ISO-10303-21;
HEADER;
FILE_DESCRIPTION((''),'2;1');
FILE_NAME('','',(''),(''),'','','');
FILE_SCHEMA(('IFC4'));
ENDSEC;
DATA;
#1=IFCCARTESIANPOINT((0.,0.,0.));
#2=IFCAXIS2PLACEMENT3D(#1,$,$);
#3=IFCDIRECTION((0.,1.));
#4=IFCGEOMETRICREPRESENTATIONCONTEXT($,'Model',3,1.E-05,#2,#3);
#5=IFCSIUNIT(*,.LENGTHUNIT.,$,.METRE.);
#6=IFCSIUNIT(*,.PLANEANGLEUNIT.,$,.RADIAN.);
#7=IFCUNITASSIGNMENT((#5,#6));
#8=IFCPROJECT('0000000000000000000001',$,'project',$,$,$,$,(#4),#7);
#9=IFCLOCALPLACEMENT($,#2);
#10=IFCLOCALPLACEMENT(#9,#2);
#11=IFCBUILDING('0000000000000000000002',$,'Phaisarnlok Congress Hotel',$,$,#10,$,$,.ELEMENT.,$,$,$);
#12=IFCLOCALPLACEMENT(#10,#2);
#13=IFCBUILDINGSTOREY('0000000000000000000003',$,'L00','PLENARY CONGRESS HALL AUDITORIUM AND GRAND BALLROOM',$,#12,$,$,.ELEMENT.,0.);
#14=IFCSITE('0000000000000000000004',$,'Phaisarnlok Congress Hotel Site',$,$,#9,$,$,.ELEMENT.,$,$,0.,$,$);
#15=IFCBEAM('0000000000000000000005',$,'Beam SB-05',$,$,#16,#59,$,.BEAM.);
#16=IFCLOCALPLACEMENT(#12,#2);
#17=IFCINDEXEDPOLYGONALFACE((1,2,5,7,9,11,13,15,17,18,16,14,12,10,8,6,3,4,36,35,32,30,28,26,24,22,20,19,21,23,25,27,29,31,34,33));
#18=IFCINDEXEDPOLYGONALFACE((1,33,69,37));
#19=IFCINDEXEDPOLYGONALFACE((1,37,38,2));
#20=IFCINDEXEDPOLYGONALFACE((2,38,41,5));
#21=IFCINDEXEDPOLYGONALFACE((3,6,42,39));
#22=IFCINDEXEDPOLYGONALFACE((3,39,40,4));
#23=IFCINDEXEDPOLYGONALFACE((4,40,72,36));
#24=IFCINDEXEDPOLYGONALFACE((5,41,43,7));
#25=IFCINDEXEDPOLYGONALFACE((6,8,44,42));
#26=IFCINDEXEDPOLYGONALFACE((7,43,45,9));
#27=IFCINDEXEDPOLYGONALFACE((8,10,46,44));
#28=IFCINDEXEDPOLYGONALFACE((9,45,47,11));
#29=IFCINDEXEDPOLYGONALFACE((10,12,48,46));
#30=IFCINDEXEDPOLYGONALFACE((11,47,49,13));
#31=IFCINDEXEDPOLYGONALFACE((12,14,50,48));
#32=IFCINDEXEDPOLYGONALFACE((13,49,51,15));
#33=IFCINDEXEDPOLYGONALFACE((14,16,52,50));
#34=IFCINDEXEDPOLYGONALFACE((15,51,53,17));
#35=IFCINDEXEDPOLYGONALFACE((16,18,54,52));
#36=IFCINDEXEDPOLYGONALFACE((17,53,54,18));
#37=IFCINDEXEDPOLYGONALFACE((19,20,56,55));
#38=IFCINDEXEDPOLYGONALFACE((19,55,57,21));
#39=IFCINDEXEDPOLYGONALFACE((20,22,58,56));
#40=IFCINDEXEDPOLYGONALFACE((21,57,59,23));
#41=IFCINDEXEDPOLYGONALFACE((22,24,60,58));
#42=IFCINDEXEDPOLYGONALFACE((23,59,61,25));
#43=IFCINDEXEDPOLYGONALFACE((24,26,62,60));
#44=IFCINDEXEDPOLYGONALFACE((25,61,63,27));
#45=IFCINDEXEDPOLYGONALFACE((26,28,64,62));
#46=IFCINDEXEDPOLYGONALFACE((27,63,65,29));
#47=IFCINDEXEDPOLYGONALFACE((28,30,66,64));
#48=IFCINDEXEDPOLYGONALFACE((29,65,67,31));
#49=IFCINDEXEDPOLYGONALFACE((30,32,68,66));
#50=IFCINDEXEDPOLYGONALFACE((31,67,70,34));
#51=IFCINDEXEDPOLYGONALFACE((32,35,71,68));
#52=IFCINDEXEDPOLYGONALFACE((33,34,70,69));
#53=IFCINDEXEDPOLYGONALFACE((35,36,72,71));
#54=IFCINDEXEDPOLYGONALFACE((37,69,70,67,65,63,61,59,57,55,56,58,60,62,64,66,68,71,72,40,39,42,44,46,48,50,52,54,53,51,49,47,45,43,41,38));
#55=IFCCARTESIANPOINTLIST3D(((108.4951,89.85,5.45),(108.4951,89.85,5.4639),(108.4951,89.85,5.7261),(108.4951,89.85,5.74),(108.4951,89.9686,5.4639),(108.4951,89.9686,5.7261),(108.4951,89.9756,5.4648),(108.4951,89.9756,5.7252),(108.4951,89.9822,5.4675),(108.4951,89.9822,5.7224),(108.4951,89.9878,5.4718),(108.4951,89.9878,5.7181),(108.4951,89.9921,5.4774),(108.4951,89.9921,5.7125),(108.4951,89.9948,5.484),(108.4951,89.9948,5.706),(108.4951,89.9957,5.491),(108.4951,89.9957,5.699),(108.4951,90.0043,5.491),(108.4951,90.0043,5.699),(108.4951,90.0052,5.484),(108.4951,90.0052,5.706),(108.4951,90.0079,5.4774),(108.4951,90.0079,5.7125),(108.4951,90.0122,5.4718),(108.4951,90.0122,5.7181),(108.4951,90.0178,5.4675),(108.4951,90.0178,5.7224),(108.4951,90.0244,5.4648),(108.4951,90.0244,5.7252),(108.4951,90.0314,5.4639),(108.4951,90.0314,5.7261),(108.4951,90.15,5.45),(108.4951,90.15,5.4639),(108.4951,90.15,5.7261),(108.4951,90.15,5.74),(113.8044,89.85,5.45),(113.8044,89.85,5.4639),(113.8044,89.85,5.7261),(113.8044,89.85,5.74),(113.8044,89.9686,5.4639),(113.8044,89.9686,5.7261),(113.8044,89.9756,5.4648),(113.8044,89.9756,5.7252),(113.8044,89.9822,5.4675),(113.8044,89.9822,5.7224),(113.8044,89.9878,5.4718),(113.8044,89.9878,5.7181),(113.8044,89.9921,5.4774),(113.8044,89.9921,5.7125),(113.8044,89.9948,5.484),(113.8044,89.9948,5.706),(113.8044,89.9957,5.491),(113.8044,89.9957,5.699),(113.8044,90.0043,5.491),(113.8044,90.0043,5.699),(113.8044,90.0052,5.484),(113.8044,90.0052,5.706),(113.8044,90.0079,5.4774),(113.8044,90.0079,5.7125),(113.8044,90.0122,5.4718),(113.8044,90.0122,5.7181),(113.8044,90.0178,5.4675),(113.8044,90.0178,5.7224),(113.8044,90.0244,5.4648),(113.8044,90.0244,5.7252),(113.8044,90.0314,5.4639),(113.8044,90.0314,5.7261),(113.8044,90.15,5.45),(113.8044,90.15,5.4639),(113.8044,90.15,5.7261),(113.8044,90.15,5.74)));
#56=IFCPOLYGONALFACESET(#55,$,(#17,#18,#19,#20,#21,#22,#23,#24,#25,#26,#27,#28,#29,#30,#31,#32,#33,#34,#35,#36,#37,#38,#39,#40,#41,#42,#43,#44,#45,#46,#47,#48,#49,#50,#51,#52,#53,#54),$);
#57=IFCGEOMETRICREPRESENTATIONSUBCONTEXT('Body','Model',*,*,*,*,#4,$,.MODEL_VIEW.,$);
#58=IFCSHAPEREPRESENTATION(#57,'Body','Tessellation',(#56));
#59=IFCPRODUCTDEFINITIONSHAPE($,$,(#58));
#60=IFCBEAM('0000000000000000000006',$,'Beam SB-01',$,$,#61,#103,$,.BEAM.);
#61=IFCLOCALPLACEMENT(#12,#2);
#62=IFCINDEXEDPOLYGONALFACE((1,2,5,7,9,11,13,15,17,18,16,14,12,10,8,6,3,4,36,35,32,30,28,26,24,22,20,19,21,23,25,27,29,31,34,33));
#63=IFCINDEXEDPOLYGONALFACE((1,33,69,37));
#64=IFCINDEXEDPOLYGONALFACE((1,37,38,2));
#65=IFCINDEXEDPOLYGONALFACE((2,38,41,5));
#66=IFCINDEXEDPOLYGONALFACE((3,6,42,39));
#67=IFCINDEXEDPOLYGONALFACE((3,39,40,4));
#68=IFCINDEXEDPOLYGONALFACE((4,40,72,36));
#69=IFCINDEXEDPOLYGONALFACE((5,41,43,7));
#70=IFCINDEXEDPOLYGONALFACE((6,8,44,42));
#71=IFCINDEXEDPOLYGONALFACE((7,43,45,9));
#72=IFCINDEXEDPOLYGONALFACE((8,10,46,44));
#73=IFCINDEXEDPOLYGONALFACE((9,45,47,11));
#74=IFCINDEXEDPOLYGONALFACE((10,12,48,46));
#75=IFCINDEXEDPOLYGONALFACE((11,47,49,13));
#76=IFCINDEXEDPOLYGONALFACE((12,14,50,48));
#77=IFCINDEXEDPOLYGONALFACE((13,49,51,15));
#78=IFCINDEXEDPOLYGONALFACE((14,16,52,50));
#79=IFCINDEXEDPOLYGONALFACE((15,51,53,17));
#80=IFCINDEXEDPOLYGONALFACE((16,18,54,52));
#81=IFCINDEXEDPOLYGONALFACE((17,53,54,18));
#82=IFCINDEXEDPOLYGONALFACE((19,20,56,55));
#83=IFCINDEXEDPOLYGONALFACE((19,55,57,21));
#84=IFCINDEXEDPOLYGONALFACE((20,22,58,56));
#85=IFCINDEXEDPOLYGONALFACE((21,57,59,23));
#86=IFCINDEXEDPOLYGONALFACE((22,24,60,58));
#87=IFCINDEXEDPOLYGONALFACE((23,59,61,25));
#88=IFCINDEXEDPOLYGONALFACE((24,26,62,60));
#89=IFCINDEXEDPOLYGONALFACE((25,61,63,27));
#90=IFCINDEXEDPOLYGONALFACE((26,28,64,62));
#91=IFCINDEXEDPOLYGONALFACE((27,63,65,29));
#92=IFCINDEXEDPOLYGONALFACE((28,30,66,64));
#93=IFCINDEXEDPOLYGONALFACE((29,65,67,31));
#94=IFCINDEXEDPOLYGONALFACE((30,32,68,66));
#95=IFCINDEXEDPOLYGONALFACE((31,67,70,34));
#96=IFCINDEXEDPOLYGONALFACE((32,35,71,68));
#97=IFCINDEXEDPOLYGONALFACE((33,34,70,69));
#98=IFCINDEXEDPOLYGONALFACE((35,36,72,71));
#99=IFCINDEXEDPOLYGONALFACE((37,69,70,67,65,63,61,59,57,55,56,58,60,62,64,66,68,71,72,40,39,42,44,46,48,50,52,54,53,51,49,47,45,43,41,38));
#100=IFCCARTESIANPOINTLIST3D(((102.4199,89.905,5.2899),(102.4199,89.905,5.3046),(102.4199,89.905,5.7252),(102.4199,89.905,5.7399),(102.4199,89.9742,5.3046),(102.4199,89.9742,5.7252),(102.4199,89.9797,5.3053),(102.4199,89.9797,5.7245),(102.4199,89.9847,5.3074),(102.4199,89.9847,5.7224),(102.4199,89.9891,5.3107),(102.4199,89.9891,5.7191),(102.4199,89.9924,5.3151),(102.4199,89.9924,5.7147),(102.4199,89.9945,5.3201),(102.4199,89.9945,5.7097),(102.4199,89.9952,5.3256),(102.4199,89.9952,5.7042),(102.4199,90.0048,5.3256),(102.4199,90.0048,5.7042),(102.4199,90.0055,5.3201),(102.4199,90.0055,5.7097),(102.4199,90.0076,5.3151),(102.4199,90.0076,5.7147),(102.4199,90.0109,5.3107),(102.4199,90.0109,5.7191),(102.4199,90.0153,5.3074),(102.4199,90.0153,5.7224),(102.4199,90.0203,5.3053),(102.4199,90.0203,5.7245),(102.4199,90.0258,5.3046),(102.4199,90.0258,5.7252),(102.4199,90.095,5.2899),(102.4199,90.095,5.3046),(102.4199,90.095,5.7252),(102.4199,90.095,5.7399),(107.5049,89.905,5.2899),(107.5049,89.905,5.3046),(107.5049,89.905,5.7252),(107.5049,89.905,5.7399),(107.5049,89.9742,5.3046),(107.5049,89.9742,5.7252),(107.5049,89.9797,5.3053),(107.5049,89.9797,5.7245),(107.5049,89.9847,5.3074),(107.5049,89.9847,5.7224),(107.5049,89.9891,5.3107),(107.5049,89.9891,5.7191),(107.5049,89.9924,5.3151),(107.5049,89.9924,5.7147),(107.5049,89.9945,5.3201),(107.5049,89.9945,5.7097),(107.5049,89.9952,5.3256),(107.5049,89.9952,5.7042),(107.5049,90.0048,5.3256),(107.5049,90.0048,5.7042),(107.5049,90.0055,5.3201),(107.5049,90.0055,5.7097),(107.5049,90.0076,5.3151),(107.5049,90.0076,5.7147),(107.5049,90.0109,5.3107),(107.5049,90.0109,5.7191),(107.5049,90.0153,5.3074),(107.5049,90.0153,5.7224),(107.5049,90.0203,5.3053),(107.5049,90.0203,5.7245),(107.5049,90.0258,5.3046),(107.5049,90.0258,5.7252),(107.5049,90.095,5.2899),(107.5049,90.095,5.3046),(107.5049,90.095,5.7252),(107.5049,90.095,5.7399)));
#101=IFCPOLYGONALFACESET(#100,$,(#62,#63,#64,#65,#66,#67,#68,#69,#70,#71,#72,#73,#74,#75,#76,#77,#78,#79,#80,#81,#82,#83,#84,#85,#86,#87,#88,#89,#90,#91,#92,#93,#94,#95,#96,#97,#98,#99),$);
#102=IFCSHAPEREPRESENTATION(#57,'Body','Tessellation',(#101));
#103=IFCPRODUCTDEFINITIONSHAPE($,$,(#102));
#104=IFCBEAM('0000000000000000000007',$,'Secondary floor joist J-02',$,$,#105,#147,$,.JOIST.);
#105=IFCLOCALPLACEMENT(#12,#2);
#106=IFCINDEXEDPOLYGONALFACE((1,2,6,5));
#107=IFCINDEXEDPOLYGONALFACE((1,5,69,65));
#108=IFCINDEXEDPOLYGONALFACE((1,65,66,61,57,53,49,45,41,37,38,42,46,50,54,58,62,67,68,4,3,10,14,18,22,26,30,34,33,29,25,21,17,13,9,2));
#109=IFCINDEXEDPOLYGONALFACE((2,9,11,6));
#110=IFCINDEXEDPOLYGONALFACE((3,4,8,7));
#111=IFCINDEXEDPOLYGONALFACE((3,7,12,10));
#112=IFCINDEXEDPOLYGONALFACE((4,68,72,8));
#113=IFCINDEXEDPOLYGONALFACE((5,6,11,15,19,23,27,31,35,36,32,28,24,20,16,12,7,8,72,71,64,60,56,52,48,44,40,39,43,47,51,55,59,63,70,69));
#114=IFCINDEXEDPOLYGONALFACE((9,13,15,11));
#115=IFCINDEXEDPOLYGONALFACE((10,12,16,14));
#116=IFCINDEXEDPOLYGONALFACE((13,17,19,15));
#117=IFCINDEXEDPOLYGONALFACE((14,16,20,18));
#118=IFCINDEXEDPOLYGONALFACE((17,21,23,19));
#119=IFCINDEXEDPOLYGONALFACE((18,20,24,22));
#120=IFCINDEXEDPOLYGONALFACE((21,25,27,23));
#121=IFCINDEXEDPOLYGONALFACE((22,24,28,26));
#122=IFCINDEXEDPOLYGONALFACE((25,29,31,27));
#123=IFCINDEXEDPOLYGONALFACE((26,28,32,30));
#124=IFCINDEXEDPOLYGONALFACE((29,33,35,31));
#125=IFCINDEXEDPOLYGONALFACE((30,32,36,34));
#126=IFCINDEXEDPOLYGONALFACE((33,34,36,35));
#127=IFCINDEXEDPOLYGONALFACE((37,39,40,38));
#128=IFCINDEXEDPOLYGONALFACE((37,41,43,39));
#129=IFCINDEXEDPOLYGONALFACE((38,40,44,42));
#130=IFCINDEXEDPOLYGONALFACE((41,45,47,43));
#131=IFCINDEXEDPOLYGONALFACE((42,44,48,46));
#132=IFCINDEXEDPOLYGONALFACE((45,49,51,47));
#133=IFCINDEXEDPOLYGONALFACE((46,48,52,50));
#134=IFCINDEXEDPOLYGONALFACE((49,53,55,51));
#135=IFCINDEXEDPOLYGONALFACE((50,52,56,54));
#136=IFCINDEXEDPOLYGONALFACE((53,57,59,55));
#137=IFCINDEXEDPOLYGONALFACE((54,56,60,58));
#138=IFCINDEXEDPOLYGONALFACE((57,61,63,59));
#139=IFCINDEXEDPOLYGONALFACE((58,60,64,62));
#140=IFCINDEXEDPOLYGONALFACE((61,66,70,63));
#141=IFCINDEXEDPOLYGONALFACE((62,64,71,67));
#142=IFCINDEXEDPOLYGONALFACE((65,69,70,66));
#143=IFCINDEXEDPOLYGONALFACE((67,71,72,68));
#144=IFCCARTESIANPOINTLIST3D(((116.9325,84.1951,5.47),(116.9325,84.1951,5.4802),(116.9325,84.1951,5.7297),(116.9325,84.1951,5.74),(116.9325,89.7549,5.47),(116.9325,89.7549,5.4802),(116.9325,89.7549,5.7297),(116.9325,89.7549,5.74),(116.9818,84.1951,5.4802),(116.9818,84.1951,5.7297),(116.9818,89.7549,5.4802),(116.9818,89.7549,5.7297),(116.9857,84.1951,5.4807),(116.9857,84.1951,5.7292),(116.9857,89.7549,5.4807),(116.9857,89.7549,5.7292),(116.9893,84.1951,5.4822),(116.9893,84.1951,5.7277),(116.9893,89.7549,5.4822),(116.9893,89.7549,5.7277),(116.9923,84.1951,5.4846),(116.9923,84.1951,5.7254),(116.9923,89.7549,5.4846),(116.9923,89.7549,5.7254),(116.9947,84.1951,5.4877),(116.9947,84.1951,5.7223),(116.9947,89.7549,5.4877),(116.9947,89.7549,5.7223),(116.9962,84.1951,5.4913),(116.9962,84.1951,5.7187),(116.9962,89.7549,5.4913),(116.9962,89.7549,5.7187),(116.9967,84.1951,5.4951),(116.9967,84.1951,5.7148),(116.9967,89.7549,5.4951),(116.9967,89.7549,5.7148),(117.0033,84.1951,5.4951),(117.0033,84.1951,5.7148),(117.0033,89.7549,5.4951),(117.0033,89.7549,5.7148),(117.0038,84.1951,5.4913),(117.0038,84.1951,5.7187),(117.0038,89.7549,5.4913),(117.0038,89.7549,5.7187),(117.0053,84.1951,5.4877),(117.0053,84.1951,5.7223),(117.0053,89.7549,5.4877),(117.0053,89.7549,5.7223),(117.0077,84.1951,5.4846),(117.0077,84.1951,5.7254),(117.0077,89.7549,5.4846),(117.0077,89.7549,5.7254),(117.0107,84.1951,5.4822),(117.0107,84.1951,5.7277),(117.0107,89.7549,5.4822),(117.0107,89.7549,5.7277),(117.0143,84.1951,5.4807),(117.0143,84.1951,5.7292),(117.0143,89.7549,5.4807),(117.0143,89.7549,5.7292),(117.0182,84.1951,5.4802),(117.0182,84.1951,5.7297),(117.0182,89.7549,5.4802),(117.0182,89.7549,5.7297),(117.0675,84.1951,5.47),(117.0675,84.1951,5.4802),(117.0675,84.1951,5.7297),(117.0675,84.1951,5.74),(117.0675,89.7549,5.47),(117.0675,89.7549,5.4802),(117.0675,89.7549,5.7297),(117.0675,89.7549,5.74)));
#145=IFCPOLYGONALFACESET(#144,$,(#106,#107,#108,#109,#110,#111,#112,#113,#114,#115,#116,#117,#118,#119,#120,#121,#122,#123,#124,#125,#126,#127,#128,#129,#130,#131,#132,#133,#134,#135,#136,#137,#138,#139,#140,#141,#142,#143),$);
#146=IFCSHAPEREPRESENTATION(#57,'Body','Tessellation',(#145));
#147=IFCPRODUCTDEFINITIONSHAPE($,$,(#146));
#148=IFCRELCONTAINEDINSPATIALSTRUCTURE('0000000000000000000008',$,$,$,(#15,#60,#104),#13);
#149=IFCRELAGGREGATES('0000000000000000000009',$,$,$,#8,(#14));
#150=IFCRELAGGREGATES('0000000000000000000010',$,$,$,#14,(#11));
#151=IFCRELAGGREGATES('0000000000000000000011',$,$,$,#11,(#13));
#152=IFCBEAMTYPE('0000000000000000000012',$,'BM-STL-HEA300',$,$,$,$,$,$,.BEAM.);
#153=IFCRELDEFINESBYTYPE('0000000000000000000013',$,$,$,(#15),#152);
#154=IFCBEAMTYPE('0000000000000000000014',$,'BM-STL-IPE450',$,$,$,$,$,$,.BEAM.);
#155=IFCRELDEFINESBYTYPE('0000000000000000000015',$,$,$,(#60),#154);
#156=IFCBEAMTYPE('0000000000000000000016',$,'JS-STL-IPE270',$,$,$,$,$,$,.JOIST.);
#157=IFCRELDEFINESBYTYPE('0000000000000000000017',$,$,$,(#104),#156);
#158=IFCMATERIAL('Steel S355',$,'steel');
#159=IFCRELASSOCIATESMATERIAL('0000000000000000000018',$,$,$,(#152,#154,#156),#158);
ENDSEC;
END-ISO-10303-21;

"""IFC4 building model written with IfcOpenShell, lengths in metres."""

from ifc_helpers import new_model, si_unit, direction, frame, origin, origin_2d, place, context, subcontext, project, spatial, i_section, extrude, material, material_profile, profile_set, type_object, element, save


model = new_model("IFC4")

# Units and contexts
model_context = context("Model", 3, precision=1e-05, world=origin(), true_north=direction((0.0, 1.0)))
body_context = subcontext(model_context, "Body", "Model", "MODEL_VIEW")
ifc_project = project(units=[si_unit("LENGTHUNIT", "METRE"), si_unit("PLANEANGLEUNIT", "RADIAN")], contexts=[model_context])

# Site, building, storey
site_placement = place(None, origin())
site = spatial("IfcSite", under=ifc_project, at=site_placement, Name="Phaisarnlok Congress Hotel Site", CompositionType="ELEMENT", RefElevation=0.0)
building_placement = place(site_placement, origin())
building = spatial("IfcBuilding", under=site, at=building_placement, Name="Phaisarnlok Congress Hotel", CompositionType="ELEMENT")
storey_placement = place(building_placement, origin())
storey = spatial("IfcBuildingStorey", under=building, at=storey_placement, Name="L00", Description="PLENARY CONGRESS HALL AUDITORIUM AND GRAND BALLROOM", CompositionType="ELEMENT", Elevation=0.0)

# Shared definitions
ifc_material_1 = material(Name="Steel S355", Category="steel")

# Beams
ifc_material_profile_1 = material_profile(ifc_material_1, i_section(OverallWidth=0.3, OverallDepth=0.29, WebThickness=0.0085, FlangeThickness=0.0139, FilletRadius=0.0271, at=origin_2d()), Name="HEA 300")
ifc_profile_set_1 = profile_set([ifc_material_profile_1], Name="Steel S355")
beam_type_1 = type_object("IfcBeamType", Name="BM-STL-HEA300", PredefinedType="BEAM", material=ifc_profile_set_1)
beam_1_placement = place(storey_placement, frame((108.4951, 90.0, 5.595), z_axis=(1.0, 0.0, 0.0), x_axis=(0.0, 1.0, 0.0)))
element("IfcBeam", 1, at=beam_1_placement, inside=storey, type_object=beam_type_1, Name="Beam SB-05", PredefinedType="BEAM", context=body_context, shape_type="SweptSolid", body=[
    extrude(i_section(OverallWidth=0.3, OverallDepth=0.29, WebThickness=0.0085, FlangeThickness=0.0139, FilletRadius=0.0271, at=origin_2d()), origin(), (0.0, 0.0, 1.0), 5.3093),
])
ifc_material_profile_2 = material_profile(ifc_material_1, i_section(OverallWidth=0.1899, OverallDepth=0.45, WebThickness=0.0095, FlangeThickness=0.0146, FilletRadius=0.021, at=origin_2d()), Name="IPE 450")
ifc_profile_set_2 = profile_set([ifc_material_profile_2], Name="Steel S355")
beam_type_2 = type_object("IfcBeamType", Name="BM-STL-IPE450", PredefinedType="BEAM", material=ifc_profile_set_2)
beam_2_placement = place(storey_placement, frame((102.4199, 90.0, 5.5149), z_axis=(1.0, 0.0, 0.0), x_axis=(0.0, 1.0, 0.0)))
element("IfcBeam", 2, at=beam_2_placement, inside=storey, type_object=beam_type_2, Name="Beam SB-01", PredefinedType="BEAM", context=body_context, shape_type="SweptSolid", body=[
    extrude(i_section(OverallWidth=0.1899, OverallDepth=0.45, WebThickness=0.0095, FlangeThickness=0.0146, FilletRadius=0.021, at=origin_2d()), origin(), (0.0, 0.0, 1.0), 5.085),
])
ifc_material_profile_3 = material_profile(ifc_material_1, i_section(OverallWidth=0.135, OverallDepth=0.27, WebThickness=0.0066, FlangeThickness=0.0103, FilletRadius=0.0149, at=origin_2d()), Name="IPE 270")
ifc_profile_set_3 = profile_set([ifc_material_profile_3], Name="Steel S355")
beam_type_3 = type_object("IfcBeamType", Name="JS-STL-IPE270", PredefinedType="JOIST", material=ifc_profile_set_3)
beam_3_placement = place(storey_placement, frame((117.0, 84.1951, 5.605), z_axis=(0.0, 1.0, 0.0), x_axis=(-1.0, 0.0, 0.0)))
element("IfcBeam", 3, at=beam_3_placement, inside=storey, type_object=beam_type_3, Name="Secondary floor joist J-02", PredefinedType="JOIST", context=body_context, shape_type="SweptSolid", body=[
    extrude(i_section(OverallWidth=0.135, OverallDepth=0.27, WebThickness=0.0066, FlangeThickness=0.0103, FilletRadius=0.0149, at=origin_2d()), origin(), (0.0, 0.0, 1.0), 5.5598),
])

save(model, "model.ifc")
